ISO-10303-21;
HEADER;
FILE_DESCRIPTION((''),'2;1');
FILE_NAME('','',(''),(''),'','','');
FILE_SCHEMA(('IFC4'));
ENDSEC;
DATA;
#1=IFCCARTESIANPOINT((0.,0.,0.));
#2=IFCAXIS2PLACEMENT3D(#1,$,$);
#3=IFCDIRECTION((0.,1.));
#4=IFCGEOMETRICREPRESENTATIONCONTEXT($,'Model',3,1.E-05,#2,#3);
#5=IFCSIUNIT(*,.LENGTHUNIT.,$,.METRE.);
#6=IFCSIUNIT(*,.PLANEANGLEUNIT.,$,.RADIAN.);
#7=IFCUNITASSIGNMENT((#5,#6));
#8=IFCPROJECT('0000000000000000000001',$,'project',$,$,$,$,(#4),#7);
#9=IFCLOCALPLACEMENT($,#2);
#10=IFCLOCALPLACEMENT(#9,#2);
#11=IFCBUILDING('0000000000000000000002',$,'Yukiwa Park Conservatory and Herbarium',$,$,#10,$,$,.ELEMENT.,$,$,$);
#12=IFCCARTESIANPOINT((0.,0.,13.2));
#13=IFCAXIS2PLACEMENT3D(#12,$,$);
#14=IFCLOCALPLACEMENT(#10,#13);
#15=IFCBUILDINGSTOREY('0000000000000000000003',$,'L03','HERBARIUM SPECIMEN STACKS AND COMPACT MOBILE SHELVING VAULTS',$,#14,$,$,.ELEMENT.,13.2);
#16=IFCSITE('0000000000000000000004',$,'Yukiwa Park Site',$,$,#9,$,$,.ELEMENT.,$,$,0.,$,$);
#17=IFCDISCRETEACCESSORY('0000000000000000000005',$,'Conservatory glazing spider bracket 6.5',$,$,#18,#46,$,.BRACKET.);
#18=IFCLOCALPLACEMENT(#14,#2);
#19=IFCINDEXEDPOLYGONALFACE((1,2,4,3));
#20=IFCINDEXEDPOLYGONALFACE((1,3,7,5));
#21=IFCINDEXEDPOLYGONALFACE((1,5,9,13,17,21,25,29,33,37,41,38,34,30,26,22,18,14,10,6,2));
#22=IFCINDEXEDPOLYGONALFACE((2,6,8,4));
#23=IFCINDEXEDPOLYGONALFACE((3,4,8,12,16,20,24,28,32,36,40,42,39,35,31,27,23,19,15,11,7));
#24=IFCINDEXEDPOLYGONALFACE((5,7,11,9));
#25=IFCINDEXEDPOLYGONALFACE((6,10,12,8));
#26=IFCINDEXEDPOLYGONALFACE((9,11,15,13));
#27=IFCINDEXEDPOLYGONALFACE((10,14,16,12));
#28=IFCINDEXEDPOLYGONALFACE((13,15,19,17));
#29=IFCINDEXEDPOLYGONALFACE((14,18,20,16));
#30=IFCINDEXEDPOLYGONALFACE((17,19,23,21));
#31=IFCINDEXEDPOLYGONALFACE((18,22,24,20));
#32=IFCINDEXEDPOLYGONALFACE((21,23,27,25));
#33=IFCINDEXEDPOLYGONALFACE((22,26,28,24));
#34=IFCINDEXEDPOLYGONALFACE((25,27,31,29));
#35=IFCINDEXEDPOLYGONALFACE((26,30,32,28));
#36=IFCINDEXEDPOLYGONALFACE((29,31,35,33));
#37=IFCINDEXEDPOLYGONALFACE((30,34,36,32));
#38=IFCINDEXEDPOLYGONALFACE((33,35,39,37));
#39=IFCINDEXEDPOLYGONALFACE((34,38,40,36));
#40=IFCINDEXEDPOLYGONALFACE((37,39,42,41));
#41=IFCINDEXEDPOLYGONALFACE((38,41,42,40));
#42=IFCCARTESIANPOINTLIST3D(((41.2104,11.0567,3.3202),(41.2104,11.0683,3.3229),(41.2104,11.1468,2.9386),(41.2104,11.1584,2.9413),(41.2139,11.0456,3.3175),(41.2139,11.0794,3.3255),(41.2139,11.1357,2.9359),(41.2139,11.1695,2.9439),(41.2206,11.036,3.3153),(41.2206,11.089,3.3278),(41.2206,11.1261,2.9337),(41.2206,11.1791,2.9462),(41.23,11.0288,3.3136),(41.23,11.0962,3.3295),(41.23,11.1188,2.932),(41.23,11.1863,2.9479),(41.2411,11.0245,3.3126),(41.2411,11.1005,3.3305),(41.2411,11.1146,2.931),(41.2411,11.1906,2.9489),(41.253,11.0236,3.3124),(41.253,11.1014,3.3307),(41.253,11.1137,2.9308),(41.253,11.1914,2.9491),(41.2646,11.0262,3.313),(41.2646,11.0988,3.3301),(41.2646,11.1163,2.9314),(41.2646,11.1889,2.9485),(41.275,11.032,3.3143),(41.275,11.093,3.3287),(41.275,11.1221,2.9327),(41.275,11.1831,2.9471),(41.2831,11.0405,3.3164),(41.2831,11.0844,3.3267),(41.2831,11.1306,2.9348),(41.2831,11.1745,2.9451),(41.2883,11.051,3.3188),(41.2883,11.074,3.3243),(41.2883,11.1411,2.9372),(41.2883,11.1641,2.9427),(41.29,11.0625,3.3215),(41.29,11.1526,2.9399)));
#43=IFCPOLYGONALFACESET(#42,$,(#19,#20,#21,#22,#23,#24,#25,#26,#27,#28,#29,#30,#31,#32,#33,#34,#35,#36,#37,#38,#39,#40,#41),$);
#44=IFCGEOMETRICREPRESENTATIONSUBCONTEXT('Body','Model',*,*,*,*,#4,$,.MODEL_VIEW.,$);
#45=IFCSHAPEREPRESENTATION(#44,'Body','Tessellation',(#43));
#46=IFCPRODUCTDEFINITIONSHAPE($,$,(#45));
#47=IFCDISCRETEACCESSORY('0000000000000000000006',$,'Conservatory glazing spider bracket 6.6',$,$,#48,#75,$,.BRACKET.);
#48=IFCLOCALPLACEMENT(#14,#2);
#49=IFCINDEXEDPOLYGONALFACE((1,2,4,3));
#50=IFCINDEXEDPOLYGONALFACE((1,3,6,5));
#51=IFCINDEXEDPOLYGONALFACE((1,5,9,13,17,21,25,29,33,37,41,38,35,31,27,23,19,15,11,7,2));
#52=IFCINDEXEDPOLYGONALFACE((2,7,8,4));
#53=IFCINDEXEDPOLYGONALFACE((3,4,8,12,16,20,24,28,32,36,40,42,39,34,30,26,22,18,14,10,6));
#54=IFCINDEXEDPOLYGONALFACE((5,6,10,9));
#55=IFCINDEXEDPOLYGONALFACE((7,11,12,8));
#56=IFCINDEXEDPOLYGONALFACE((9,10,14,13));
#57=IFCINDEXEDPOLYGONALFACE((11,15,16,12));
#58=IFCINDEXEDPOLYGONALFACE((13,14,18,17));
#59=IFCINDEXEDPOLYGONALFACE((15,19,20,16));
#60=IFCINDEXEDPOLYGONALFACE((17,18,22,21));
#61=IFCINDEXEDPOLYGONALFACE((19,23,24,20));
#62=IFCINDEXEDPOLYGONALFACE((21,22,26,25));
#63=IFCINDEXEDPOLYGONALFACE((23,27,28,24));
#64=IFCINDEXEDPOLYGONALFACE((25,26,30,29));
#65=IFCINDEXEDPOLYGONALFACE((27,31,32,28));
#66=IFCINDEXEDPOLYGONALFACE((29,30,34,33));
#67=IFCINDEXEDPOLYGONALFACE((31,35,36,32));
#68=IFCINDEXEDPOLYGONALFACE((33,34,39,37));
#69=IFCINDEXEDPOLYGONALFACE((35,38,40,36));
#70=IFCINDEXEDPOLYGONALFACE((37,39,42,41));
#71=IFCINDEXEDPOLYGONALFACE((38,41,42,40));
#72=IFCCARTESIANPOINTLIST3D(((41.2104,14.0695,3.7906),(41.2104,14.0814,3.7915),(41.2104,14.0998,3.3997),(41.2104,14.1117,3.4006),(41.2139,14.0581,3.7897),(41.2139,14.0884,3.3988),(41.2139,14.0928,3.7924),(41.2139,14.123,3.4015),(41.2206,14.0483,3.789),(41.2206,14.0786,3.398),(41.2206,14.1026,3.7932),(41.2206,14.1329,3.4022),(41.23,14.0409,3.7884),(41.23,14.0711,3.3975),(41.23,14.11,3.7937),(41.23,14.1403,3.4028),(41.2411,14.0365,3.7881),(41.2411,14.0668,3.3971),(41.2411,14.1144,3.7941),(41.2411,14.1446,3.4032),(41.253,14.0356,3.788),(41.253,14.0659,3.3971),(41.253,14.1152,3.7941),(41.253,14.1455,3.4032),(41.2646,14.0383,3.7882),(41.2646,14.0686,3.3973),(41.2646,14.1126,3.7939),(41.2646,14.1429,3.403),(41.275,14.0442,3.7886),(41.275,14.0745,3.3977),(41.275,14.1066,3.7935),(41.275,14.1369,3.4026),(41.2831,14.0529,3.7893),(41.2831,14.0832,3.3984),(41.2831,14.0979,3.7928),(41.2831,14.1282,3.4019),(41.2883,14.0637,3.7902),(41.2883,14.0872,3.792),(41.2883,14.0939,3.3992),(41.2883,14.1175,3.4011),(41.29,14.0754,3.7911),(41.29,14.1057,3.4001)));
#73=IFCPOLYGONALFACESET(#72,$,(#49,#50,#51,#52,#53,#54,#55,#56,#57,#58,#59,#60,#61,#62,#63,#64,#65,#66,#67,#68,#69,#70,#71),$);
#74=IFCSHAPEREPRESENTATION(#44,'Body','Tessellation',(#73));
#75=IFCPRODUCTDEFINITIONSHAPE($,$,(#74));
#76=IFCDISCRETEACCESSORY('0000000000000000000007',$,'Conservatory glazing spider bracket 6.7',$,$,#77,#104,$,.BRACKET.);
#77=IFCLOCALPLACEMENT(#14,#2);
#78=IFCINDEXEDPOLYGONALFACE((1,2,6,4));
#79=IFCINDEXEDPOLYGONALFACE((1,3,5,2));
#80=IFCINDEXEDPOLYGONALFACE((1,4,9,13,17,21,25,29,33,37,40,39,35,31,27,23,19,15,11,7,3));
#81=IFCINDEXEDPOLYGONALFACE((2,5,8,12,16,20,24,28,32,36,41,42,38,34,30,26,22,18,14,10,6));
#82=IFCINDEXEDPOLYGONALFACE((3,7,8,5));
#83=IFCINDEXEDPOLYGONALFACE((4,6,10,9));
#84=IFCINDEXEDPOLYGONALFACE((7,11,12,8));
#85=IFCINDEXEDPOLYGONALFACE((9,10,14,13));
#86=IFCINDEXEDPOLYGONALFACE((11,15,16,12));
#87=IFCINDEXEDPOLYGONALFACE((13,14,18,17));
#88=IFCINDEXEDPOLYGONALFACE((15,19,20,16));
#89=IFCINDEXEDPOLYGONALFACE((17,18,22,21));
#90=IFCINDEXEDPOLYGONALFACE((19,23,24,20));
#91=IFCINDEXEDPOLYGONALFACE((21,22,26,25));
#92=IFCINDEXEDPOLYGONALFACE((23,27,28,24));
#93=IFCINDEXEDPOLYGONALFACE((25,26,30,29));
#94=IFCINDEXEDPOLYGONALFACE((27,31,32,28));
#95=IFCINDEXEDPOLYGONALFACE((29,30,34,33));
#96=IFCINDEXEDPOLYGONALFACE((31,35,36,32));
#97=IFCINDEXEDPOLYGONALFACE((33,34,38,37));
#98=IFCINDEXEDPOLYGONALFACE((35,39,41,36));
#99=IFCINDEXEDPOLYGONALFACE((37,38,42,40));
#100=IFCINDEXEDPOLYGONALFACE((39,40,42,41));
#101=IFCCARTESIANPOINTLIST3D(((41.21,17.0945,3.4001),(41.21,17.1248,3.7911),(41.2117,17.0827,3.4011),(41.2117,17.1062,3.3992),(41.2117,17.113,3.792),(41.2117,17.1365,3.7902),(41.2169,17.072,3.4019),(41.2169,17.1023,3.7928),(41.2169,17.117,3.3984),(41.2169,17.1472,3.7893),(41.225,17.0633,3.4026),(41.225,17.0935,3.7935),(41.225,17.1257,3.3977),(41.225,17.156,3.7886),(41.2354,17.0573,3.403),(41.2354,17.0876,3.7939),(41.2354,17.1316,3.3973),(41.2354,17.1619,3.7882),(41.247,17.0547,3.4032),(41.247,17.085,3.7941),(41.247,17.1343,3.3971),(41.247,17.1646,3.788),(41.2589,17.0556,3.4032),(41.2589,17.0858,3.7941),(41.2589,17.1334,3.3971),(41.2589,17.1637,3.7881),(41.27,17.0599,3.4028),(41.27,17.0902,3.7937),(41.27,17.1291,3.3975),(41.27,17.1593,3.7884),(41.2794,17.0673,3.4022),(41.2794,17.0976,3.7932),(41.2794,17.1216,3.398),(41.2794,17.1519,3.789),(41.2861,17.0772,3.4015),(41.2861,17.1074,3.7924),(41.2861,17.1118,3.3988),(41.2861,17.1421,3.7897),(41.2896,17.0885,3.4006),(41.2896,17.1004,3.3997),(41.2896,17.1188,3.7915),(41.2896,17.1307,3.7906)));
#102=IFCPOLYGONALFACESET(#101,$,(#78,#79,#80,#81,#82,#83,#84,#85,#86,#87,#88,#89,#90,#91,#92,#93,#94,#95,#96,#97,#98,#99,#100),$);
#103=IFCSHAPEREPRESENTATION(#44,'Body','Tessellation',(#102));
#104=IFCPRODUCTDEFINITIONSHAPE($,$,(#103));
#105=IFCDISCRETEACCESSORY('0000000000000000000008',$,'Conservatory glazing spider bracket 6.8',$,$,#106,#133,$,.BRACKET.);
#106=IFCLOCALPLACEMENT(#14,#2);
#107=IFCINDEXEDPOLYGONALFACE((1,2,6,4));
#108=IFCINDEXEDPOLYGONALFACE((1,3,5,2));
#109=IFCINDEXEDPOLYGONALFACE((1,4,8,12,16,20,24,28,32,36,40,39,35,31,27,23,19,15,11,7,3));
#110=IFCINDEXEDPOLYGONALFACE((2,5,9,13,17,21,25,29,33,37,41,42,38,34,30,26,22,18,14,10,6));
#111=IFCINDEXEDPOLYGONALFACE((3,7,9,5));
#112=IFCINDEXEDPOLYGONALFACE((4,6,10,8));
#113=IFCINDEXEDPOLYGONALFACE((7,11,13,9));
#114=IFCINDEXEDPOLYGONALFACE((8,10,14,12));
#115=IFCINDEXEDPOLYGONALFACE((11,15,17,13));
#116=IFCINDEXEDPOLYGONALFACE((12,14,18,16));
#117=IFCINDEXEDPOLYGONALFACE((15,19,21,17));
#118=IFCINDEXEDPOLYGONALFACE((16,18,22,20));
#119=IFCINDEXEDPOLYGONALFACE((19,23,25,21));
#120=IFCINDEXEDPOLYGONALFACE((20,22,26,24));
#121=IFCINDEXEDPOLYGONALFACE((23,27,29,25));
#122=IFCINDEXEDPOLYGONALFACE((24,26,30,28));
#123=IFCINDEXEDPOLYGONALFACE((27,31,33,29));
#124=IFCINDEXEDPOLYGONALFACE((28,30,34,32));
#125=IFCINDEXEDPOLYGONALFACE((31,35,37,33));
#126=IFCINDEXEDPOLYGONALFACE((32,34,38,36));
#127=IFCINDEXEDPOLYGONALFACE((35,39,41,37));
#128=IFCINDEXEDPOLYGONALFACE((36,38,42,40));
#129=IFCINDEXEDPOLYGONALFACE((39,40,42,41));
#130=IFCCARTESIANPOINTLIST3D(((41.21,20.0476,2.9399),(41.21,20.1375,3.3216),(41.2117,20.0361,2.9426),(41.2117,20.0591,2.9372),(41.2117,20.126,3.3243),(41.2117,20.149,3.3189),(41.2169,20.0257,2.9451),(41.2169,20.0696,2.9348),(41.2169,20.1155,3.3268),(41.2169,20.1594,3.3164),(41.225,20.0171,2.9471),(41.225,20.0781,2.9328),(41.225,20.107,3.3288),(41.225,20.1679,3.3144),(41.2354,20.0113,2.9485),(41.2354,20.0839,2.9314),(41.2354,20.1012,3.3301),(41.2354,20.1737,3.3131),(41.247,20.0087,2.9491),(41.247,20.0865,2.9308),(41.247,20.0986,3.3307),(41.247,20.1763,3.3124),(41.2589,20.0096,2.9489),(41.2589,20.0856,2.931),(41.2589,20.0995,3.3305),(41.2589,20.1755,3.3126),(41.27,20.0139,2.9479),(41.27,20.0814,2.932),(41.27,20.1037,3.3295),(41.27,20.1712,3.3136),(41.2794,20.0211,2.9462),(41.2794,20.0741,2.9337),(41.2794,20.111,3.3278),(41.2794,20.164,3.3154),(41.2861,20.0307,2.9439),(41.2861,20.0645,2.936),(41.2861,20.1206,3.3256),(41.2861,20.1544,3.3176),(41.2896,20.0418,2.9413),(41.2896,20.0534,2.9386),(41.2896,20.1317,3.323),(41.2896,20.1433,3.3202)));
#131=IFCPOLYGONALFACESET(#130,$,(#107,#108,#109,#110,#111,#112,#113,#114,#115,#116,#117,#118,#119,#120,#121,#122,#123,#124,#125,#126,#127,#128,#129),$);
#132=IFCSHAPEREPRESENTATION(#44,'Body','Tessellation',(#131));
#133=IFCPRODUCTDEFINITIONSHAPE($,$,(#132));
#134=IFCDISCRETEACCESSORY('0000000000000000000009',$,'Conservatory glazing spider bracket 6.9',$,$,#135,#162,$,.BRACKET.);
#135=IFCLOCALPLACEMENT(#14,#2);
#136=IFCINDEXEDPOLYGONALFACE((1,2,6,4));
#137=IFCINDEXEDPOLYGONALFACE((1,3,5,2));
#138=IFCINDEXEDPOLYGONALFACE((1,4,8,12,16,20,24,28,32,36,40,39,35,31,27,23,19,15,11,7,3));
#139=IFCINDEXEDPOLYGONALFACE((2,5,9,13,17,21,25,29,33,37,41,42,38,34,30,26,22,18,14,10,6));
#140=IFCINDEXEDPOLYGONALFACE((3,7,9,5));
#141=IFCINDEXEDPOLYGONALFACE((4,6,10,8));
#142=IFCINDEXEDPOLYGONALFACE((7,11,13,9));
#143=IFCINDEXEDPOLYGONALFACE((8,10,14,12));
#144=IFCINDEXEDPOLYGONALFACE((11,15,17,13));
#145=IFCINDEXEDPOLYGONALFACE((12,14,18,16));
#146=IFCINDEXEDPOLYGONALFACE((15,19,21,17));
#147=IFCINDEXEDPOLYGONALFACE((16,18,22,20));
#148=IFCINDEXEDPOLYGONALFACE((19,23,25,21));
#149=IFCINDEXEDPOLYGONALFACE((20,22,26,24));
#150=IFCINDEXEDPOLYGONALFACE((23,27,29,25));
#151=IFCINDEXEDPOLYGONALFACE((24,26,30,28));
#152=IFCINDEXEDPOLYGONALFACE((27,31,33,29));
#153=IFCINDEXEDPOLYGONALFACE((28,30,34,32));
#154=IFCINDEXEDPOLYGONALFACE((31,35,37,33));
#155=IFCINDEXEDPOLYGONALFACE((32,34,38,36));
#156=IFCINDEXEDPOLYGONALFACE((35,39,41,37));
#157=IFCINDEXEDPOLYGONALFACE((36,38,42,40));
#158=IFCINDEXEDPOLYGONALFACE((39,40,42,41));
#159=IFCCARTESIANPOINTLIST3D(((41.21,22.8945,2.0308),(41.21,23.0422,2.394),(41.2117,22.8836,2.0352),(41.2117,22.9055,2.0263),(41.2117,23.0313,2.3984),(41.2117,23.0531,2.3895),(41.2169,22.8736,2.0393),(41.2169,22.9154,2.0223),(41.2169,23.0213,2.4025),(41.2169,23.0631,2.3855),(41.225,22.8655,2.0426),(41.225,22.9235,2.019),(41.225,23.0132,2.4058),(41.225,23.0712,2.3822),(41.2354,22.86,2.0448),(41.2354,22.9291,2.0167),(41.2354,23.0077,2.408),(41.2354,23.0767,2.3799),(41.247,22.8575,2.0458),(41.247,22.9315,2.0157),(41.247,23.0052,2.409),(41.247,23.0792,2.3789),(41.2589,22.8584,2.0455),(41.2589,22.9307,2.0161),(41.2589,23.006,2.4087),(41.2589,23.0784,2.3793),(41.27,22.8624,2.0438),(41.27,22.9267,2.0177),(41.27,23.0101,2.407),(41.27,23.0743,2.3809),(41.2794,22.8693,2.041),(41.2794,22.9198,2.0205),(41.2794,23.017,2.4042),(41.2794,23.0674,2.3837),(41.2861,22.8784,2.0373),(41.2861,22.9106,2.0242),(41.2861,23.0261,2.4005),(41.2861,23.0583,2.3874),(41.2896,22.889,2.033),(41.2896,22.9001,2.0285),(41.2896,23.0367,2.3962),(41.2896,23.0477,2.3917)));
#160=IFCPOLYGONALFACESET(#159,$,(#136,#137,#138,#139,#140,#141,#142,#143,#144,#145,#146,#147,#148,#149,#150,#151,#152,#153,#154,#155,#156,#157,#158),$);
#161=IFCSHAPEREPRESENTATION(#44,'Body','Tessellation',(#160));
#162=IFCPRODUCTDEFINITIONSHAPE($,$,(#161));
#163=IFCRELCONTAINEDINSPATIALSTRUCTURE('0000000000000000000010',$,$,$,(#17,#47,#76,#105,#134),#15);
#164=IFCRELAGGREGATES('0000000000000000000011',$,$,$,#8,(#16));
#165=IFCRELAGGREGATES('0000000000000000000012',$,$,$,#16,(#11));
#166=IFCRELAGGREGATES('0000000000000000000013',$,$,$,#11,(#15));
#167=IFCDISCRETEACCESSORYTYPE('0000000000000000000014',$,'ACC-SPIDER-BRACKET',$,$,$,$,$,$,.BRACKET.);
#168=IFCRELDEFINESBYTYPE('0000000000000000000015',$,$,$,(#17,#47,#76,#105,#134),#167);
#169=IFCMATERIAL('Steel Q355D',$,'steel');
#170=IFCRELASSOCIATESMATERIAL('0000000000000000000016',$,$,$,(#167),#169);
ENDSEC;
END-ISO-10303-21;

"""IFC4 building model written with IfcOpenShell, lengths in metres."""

from ifc_helpers import new_model, si_unit, direction, frame, origin, origin_2d, place, context, subcontext, project, spatial, circle, extrude, material, type_object, element, save


model = new_model("IFC4")

# Units and contexts
model_context = context("Model", 3, precision=1e-05, world=origin(), true_north=direction((0.0, 1.0)))
body_context = subcontext(model_context, "Body", "Model", "MODEL_VIEW")
ifc_project = project(units=[si_unit("LENGTHUNIT", "METRE"), si_unit("PLANEANGLEUNIT", "RADIAN")], contexts=[model_context])

# Site, building, storey
site_placement = place(None, origin())
site = spatial("IfcSite", under=ifc_project, at=site_placement, Name="Yukiwa Park Site", CompositionType="ELEMENT", RefElevation=0.0)
building_placement = place(site_placement, origin())
building = spatial("IfcBuilding", under=site, at=building_placement, Name="Yukiwa Park Conservatory and Herbarium", CompositionType="ELEMENT")
storey_placement = place(building_placement, frame((0.0, 0.0, 13.2)))
storey = spatial("IfcBuildingStorey", under=building, at=storey_placement, Name="L03", Description="HERBARIUM SPECIMEN STACKS AND COMPACT MOBILE SHELVING VAULTS", CompositionType="ELEMENT", Elevation=13.2)

# Discrete accessories
ifc_material_1 = material(Name="Steel Q355D", Category="steel")
discrete_accessory_type = type_object("IfcDiscreteAccessoryType", Name="ACC-SPIDER-BRACKET", PredefinedType="BRACKET", material=ifc_material_1)
for number, where, z_axis, x_axis, name in (
    (1, (41.25, 11.1526, 2.9399), (0.0, -0.229768, 0.973245), (1.0, 0.0, 0.0), "Conservatory glazing spider bracket 6.5"),
    (2, (41.25, 14.1057, 3.4001), (0.0, -0.07722, 0.997014), (1.0, 0.0, 0.0), "Conservatory glazing spider bracket 6.6"),
    (3, (41.25, 17.0945, 3.4001), (0.0, 0.07722, 0.997014), (-1.0, 0.0, 0.0), "Conservatory glazing spider bracket 6.7"),
    (4, (41.25, 20.0476, 2.9399), (0.0, 0.229178, 0.973384), (-1.0, 0.0, 0.0), "Conservatory glazing spider bracket 6.8"),
    (5, (41.25, 22.8945, 2.0308), (0.0, 0.376644, 0.926358), (-1.0, 0.0, 0.0), "Conservatory glazing spider bracket 6.9"),
):
    element("IfcDiscreteAccessory", number, at=place(storey_placement, frame(where, z_axis=z_axis, x_axis=x_axis)), inside=storey, type_object=discrete_accessory_type, Name=name, PredefinedType="BRACKET", context=body_context, shape_type="SweptSolid", body=[
        extrude(circle(Radius=0.04, at=origin_2d()), origin(), (0.0, 0.0, 1.0), 0.3921),
    ])

save(model, "model.ifc")
